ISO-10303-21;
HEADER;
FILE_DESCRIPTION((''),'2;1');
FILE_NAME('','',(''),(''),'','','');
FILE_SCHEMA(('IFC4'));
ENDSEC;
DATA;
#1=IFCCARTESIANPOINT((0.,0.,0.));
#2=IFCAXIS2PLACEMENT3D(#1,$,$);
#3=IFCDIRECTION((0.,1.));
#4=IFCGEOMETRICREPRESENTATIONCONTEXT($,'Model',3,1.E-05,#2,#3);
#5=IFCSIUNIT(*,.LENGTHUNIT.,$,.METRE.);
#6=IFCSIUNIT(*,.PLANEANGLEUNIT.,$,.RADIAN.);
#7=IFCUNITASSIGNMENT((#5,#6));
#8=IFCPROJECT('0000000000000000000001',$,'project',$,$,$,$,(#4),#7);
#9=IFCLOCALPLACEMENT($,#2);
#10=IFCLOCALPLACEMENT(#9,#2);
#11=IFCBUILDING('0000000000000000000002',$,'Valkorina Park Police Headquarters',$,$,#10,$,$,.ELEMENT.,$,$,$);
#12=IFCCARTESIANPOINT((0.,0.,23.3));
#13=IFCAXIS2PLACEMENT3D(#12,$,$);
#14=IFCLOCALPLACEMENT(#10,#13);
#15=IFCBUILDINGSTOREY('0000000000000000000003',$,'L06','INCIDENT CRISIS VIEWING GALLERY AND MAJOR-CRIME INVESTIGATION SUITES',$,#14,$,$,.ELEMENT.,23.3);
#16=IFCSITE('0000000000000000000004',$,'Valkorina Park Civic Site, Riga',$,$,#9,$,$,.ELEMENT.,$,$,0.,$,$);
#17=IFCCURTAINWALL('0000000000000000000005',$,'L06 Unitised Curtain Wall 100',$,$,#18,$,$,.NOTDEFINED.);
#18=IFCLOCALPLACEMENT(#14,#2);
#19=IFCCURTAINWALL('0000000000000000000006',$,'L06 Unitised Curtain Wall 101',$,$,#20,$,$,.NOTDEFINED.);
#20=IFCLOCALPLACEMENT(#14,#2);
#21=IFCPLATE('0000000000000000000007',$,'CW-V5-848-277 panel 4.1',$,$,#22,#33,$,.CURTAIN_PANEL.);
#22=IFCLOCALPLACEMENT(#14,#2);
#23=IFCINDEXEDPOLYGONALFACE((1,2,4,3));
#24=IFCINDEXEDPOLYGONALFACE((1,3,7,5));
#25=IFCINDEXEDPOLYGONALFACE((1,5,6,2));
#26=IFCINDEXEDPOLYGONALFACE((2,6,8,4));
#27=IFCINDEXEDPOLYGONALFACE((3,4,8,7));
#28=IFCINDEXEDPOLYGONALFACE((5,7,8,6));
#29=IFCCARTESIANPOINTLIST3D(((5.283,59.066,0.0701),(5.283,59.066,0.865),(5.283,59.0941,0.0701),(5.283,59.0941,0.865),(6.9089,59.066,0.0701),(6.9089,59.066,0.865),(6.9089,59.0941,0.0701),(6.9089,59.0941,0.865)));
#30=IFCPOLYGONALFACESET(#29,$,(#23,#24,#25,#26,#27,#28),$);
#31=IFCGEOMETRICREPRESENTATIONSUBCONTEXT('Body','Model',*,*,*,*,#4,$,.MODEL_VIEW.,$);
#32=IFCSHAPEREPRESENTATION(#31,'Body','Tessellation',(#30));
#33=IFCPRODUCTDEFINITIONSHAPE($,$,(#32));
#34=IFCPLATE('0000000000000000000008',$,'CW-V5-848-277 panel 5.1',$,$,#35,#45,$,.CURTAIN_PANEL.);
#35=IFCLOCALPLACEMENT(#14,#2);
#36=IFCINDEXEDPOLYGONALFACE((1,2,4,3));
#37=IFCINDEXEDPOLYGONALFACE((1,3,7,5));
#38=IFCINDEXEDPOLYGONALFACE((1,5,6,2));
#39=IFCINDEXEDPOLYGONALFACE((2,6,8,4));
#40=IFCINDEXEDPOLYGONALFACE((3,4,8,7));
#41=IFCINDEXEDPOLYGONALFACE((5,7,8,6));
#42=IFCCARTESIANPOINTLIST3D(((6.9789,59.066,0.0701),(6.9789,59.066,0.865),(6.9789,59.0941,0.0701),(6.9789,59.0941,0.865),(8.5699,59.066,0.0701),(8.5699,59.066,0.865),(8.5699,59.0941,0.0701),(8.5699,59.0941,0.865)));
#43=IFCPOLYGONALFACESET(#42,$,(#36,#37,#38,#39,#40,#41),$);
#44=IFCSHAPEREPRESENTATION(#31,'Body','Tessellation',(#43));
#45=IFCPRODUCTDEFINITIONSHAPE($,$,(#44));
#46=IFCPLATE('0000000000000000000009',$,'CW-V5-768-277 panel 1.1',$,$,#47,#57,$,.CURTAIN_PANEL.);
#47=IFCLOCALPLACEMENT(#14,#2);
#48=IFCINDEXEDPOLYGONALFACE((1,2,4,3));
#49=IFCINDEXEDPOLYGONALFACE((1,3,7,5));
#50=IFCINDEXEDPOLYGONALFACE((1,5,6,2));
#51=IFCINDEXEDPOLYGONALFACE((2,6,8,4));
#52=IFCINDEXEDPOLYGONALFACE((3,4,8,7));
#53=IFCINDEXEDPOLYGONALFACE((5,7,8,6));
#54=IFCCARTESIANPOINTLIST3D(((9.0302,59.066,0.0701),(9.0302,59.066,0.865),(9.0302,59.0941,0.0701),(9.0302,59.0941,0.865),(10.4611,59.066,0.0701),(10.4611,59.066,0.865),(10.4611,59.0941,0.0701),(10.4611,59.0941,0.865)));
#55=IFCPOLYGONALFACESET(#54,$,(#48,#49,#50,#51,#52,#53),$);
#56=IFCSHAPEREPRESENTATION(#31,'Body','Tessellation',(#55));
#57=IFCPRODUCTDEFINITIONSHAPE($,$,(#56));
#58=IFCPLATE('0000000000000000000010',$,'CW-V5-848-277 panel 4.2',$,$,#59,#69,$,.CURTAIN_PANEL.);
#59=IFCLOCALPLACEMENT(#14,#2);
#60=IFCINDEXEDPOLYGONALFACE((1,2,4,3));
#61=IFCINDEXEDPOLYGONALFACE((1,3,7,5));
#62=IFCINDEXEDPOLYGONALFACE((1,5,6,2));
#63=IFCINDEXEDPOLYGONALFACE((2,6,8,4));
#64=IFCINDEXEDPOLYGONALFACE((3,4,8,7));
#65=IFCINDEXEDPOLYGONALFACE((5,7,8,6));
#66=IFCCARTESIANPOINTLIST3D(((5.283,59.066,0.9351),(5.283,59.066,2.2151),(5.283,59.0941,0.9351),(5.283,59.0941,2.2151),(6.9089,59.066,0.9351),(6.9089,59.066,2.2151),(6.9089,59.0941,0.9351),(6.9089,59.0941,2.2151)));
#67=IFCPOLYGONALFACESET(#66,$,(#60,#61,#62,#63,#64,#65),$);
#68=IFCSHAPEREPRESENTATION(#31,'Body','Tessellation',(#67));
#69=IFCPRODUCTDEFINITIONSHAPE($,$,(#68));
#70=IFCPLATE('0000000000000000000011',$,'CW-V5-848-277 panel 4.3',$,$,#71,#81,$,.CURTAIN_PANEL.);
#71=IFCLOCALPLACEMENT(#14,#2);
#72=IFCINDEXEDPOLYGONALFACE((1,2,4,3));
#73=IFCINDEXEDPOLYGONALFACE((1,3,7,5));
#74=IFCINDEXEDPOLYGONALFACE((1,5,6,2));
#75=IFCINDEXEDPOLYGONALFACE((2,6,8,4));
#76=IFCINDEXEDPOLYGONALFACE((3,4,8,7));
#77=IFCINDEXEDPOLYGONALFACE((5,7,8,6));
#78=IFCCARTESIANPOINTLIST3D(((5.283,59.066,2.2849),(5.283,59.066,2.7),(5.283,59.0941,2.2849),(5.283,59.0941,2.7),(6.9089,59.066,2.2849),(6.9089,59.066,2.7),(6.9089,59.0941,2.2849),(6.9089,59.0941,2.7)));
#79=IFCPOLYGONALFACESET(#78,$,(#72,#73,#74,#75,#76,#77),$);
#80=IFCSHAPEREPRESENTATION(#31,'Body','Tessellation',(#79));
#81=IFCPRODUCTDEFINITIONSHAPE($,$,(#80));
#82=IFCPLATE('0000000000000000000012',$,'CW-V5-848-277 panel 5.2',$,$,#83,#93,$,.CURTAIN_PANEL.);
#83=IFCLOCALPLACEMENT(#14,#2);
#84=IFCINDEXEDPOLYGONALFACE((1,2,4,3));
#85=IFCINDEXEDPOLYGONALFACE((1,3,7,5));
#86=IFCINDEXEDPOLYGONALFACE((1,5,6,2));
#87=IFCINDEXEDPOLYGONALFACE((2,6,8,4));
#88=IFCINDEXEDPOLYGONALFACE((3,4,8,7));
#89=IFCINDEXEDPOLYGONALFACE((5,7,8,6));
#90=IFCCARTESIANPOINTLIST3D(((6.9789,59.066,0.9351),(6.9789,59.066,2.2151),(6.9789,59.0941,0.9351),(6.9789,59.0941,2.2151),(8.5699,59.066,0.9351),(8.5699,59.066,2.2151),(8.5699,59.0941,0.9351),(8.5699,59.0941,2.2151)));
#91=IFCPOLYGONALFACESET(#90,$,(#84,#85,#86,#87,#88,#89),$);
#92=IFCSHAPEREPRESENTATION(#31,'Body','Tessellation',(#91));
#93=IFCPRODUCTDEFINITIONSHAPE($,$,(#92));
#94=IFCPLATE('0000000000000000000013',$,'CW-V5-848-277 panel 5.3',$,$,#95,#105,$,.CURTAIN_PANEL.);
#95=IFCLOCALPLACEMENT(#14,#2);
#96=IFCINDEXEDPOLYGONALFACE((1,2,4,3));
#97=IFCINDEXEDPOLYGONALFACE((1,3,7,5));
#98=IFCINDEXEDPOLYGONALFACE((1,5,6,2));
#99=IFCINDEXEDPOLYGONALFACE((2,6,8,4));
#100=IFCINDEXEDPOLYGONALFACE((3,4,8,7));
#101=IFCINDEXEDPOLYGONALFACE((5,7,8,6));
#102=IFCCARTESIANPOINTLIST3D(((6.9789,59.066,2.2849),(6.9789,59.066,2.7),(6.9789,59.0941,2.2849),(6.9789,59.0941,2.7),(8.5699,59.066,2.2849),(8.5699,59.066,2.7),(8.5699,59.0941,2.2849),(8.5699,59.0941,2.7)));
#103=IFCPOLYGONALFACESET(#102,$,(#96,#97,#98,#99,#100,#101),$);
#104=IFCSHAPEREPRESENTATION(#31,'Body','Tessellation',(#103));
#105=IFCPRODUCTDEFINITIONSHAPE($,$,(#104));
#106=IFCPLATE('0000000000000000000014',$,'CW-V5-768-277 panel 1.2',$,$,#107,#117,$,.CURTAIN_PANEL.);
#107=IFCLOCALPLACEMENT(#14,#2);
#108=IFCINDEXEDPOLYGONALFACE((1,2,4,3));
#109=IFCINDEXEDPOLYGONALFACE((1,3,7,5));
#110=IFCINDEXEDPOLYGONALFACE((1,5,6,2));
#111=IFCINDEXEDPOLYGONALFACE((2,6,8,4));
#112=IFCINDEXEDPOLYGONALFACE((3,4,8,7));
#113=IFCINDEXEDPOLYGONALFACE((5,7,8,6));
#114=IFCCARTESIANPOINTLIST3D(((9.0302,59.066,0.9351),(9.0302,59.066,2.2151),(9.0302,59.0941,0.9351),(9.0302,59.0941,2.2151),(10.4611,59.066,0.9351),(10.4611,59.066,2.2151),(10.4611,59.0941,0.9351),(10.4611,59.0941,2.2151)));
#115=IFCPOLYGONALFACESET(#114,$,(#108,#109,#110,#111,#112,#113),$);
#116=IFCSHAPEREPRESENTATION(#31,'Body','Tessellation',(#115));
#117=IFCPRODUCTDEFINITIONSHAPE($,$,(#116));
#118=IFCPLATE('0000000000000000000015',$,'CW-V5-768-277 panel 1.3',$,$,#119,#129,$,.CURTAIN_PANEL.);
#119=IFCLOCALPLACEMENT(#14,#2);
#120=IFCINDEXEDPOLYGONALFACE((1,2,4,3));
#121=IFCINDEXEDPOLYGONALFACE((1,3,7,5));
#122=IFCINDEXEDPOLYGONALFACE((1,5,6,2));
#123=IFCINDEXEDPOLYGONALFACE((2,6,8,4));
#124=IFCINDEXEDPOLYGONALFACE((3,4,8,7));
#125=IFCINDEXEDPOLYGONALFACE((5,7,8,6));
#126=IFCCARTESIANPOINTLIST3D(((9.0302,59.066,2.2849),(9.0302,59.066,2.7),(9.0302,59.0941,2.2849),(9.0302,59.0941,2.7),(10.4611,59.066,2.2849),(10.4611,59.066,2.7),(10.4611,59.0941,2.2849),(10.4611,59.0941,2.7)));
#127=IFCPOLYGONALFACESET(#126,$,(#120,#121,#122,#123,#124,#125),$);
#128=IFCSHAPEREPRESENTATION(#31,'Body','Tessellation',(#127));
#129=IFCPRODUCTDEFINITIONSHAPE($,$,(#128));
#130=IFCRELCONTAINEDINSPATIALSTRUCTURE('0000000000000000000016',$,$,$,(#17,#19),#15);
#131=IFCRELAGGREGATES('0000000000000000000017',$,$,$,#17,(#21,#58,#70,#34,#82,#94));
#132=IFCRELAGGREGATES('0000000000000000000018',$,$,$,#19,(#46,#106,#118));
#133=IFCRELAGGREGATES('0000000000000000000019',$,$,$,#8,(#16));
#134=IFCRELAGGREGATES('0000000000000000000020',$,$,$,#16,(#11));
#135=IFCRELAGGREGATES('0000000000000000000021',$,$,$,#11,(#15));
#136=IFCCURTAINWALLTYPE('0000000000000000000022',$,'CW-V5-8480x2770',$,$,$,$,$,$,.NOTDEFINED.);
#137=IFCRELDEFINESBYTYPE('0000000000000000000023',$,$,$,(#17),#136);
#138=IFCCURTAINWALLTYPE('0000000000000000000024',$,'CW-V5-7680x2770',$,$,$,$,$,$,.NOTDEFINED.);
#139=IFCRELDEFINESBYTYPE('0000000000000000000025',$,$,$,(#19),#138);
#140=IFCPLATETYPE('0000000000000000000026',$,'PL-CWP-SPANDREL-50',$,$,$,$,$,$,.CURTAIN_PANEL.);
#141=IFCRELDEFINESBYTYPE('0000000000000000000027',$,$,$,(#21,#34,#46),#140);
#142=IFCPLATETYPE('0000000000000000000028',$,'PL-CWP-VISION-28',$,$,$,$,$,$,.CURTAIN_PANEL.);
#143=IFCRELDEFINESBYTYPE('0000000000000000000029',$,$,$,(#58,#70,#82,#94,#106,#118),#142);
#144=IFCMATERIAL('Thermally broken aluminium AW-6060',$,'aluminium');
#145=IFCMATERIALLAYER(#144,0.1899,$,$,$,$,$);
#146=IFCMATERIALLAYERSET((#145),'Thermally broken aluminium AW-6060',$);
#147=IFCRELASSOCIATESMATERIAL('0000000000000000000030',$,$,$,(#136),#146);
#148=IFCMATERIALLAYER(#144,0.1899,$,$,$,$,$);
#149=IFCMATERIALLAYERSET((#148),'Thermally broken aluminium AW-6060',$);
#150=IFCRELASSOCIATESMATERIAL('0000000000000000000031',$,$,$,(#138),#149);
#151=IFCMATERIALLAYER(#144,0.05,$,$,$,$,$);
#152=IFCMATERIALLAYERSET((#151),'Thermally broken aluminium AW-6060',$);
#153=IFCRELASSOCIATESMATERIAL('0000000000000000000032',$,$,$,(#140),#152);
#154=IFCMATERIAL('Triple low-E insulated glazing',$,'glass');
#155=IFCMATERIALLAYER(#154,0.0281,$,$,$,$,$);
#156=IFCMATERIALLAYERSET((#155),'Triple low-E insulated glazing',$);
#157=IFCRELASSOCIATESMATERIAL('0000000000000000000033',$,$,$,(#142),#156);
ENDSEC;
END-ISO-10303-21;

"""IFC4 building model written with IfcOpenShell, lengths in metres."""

from ifc_helpers import new_model, si_unit, direction, frame, origin, origin_2d, place, context, subcontext, project, spatial, rectangle, extrude, material, layer, layer_set, type_object, element, aggregate, save


model = new_model("IFC4")

# Units and contexts
model_context = context("Model", 3, precision=1e-05, world=origin(), true_north=direction((0.0, 1.0)))
body_context = subcontext(model_context, "Body", "Model", "MODEL_VIEW")
ifc_project = project(units=[si_unit("LENGTHUNIT", "METRE"), si_unit("PLANEANGLEUNIT", "RADIAN")], contexts=[model_context])

# Site, building, storey
site_placement = place(None, origin())
site = spatial("IfcSite", under=ifc_project, at=site_placement, Name="Valkorina Park Civic Site, Riga", CompositionType="ELEMENT", RefElevation=0.0)
building_placement = place(site_placement, origin())
building = spatial("IfcBuilding", under=site, at=building_placement, Name="Valkorina Park Police Headquarters", CompositionType="ELEMENT")
storey_placement = place(building_placement, frame((0.0, 0.0, 23.3)))
storey = spatial("IfcBuildingStorey", under=building, at=storey_placement, Name="L06", Description="INCIDENT CRISIS VIEWING GALLERY AND MAJOR-CRIME INVESTIGATION SUITES", CompositionType="ELEMENT", Elevation=23.3)

# Curtain walls
ifc_material_1 = material(Name="Thermally broken aluminium AW-6060", Category="aluminium")
ifc_layer_1 = layer(ifc_material_1, 0.1899)
ifc_layer_set_1 = layer_set([ifc_layer_1], Name="Thermally broken aluminium AW-6060")
curtain_wall_type_1 = type_object("IfcCurtainWallType", Name="CW-V5-8480x2770", PredefinedType="NOTDEFINED", material=ifc_layer_set_1)
curtain_wall_1_placement = place(storey_placement, origin())
curtain_wall_1 = element("IfcCurtainWall", 1, at=curtain_wall_1_placement, inside=storey, type_object=curtain_wall_type_1, Name="L06 Unitised Curtain Wall 100", PredefinedType="NOTDEFINED")
ifc_layer_2 = layer(ifc_material_1, 0.1899)
ifc_layer_set_2 = layer_set([ifc_layer_2], Name="Thermally broken aluminium AW-6060")
curtain_wall_type_2 = type_object("IfcCurtainWallType", Name="CW-V5-7680x2770", PredefinedType="NOTDEFINED", material=ifc_layer_set_2)
curtain_wall_2_placement = place(storey_placement, origin())
curtain_wall_2 = element("IfcCurtainWall", 2, at=curtain_wall_2_placement, inside=storey, type_object=curtain_wall_type_2, Name="L06 Unitised Curtain Wall 101", PredefinedType="NOTDEFINED")

# Plates
ifc_layer_3 = layer(ifc_material_1, 0.05)
ifc_layer_set_3 = layer_set([ifc_layer_3], Name="Thermally broken aluminium AW-6060")
plate_type_1 = type_object("IfcPlateType", Name="PL-CWP-SPANDREL-50", PredefinedType="CURTAIN_PANEL", material=ifc_layer_set_3)
plate_1_placement = place(storey_placement, frame((6.0959, 59.0801, 0.0701), z_axis=(0.0, 0.0, 1.0), x_axis=(1.0, 0.0, 0.0)))
plate_1 = element("IfcPlate", 3, at=plate_1_placement, type_object=plate_type_1, Name="CW-V5-848-277 panel 4.1", PredefinedType="CURTAIN_PANEL", context=body_context, shape_type="SweptSolid", body=[
    extrude(rectangle(XDim=1.626, YDim=0.0281, at=origin_2d()), origin(), (0.0, 0.0, 1.0), 0.7949),
])
plate_2_placement = place(storey_placement, frame((7.7744, 59.0801, 0.0701), z_axis=(0.0, 0.0, 1.0), x_axis=(1.0, 0.0, 0.0)))
plate_2 = element("IfcPlate", 4, at=plate_2_placement, type_object=plate_type_1, Name="CW-V5-848-277 panel 5.1", PredefinedType="CURTAIN_PANEL", context=body_context, shape_type="SweptSolid", body=[
    extrude(rectangle(XDim=1.5911, YDim=0.0281, at=origin_2d()), origin(), (0.0, 0.0, 1.0), 0.7949),
])
plate_3_placement = place(storey_placement, frame((9.7456, 59.0801, 0.0701), z_axis=(0.0, 0.0, 1.0), x_axis=(1.0, 0.0, 0.0)))
plate_3 = element("IfcPlate", 5, at=plate_3_placement, type_object=plate_type_1, Name="CW-V5-768-277 panel 1.1", PredefinedType="CURTAIN_PANEL", context=body_context, shape_type="SweptSolid", body=[
    extrude(rectangle(XDim=1.4309, YDim=0.0281, at=origin_2d()), origin(), (0.0, 0.0, 1.0), 0.7949),
])
ifc_material_2 = material(Name="Triple low-E insulated glazing", Category="glass")
ifc_layer_4 = layer(ifc_material_2, 0.0281)
ifc_layer_set_4 = layer_set([ifc_layer_4], Name="Triple low-E insulated glazing")
plate_type_2 = type_object("IfcPlateType", Name="PL-CWP-VISION-28", PredefinedType="CURTAIN_PANEL", material=ifc_layer_set_4)
plate_4_placement = place(storey_placement, frame((6.0959, 59.0801, 0.9351), z_axis=(0.0, 0.0, 1.0), x_axis=(1.0, 0.0, 0.0)))
plate_4 = element("IfcPlate", 6, at=plate_4_placement, type_object=plate_type_2, Name="CW-V5-848-277 panel 4.2", PredefinedType="CURTAIN_PANEL", context=body_context, shape_type="SweptSolid", body=[
    extrude(rectangle(XDim=1.626, YDim=0.0281, at=origin_2d()), origin(), (0.0, 0.0, 1.0), 1.28),
])
plate_5_placement = place(storey_placement, frame((6.0959, 59.0801, 2.2849), z_axis=(0.0, 0.0, 1.0), x_axis=(1.0, 0.0, 0.0)))
plate_5 = element("IfcPlate", 7, at=plate_5_placement, type_object=plate_type_2, Name="CW-V5-848-277 panel 4.3", PredefinedType="CURTAIN_PANEL", context=body_context, shape_type="SweptSolid", body=[
    extrude(rectangle(XDim=1.626, YDim=0.0281, at=origin_2d()), origin(), (0.0, 0.0, 1.0), 0.415),
])
plate_6_placement = place(storey_placement, frame((7.7744, 59.0801, 0.9351), z_axis=(0.0, 0.0, 1.0), x_axis=(1.0, 0.0, 0.0)))
plate_6 = element("IfcPlate", 8, at=plate_6_placement, type_object=plate_type_2, Name="CW-V5-848-277 panel 5.2", PredefinedType="CURTAIN_PANEL", context=body_context, shape_type="SweptSolid", body=[
    extrude(rectangle(XDim=1.5911, YDim=0.0281, at=origin_2d()), origin(), (0.0, 0.0, 1.0), 1.28),
])
plate_7_placement = place(storey_placement, frame((7.7744, 59.0801, 2.2849), z_axis=(0.0, 0.0, 1.0), x_axis=(1.0, 0.0, 0.0)))
plate_7 = element("IfcPlate", 9, at=plate_7_placement, type_object=plate_type_2, Name="CW-V5-848-277 panel 5.3", PredefinedType="CURTAIN_PANEL", context=body_context, shape_type="SweptSolid", body=[
    extrude(rectangle(XDim=1.5911, YDim=0.0281, at=origin_2d()), origin(), (0.0, 0.0, 1.0), 0.415),
])
aggregate(curtain_wall_1, [plate_1, plate_4, plate_5, plate_2, plate_6, plate_7])
plate_8_placement = place(storey_placement, frame((9.7456, 59.0801, 0.9351), z_axis=(0.0, 0.0, 1.0), x_axis=(1.0, 0.0, 0.0)))
plate_8 = element("IfcPlate", 10, at=plate_8_placement, type_object=plate_type_2, Name="CW-V5-768-277 panel 1.2", PredefinedType="CURTAIN_PANEL", context=body_context, shape_type="SweptSolid", body=[
    extrude(rectangle(XDim=1.4309, YDim=0.0281, at=origin_2d()), origin(), (0.0, 0.0, 1.0), 1.28),
])
plate_9_placement = place(storey_placement, frame((9.7456, 59.0801, 2.2849), z_axis=(0.0, 0.0, 1.0), x_axis=(1.0, 0.0, 0.0)))
plate_9 = element("IfcPlate", 11, at=plate_9_placement, type_object=plate_type_2, Name="CW-V5-768-277 panel 1.3", PredefinedType="CURTAIN_PANEL", context=body_context, shape_type="SweptSolid", body=[
    extrude(rectangle(XDim=1.4309, YDim=0.0281, at=origin_2d()), origin(), (0.0, 0.0, 1.0), 0.415),
])
aggregate(curtain_wall_2, [plate_3, plate_8, plate_9])

save(model, "model.ifc")
